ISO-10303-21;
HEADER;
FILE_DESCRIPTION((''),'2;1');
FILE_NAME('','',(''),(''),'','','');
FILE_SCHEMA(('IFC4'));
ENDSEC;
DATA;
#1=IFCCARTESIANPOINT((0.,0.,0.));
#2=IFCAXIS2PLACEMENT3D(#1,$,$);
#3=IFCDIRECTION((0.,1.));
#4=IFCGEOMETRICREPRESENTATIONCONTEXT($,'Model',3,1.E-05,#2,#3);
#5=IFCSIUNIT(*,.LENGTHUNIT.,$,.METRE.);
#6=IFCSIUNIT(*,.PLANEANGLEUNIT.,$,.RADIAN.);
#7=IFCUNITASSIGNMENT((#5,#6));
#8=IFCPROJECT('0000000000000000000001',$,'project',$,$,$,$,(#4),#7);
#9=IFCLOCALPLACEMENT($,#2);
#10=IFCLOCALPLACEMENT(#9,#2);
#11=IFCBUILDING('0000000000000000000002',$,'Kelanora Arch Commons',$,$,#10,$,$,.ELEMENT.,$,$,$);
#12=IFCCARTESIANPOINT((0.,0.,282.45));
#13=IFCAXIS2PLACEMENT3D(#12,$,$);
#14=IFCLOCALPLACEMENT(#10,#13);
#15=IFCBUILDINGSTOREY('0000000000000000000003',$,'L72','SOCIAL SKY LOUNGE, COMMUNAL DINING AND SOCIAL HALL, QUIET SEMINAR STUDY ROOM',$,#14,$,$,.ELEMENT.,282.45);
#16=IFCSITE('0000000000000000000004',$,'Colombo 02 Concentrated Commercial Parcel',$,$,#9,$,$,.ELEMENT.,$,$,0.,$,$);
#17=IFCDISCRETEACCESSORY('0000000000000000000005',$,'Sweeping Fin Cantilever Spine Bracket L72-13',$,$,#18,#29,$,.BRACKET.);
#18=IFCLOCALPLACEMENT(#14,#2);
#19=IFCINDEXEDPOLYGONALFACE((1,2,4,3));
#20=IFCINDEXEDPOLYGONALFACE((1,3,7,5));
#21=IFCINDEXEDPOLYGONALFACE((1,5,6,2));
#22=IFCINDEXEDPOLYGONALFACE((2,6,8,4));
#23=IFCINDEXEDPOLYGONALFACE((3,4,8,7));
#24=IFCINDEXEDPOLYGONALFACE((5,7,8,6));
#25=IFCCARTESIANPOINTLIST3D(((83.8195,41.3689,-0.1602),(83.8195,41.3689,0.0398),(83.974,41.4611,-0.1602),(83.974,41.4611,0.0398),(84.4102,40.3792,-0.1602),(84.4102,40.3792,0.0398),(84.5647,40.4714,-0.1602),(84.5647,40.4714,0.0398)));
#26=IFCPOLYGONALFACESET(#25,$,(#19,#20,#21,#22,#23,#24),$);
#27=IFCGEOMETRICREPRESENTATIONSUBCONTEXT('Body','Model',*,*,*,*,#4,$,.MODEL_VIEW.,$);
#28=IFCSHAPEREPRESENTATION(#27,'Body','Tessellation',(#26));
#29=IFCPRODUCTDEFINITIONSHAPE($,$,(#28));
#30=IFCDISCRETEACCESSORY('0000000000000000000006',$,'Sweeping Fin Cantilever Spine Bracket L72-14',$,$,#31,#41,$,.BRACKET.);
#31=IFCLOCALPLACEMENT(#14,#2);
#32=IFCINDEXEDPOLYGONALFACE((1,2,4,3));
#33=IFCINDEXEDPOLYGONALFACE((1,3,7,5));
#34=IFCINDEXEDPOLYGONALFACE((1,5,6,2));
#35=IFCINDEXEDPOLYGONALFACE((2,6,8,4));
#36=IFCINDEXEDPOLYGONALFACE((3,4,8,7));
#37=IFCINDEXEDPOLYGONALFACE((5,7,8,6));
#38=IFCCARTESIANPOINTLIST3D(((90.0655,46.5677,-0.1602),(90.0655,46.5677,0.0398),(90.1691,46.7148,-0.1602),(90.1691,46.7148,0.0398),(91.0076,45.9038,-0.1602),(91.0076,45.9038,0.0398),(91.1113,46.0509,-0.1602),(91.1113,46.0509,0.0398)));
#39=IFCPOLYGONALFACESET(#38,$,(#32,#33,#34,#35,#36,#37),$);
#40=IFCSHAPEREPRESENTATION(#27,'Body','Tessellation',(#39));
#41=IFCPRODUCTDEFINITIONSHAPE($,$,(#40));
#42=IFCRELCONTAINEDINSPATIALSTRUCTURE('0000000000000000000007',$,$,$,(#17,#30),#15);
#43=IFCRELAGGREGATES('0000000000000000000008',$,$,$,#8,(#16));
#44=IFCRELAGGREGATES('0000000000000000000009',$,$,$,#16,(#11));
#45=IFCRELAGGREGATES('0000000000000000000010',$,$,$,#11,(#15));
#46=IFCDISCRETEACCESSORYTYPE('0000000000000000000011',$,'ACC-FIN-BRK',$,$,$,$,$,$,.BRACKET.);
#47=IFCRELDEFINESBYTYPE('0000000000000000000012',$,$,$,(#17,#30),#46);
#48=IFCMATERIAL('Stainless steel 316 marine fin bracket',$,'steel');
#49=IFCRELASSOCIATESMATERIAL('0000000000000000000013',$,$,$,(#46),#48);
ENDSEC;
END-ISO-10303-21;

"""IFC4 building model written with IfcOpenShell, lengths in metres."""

from ifc_helpers import new_model, si_unit, direction, frame, origin, origin_2d, place, context, subcontext, project, spatial, rectangle, extrude, source, transform, mapped, material, type_object, element, save


model = new_model("IFC4")

# Units and contexts
model_context = context("Model", 3, precision=1e-05, world=origin(), true_north=direction((0.0, 1.0)))
body_context = subcontext(model_context, "Body", "Model", "MODEL_VIEW")
ifc_project = project(units=[si_unit("LENGTHUNIT", "METRE"), si_unit("PLANEANGLEUNIT", "RADIAN")], contexts=[model_context])

# Site, building, storey
site_placement = place(None, origin())
site = spatial("IfcSite", under=ifc_project, at=site_placement, Name="Colombo 02 Concentrated Commercial Parcel", CompositionType="ELEMENT", RefElevation=0.0)
building_placement = place(site_placement, origin())
building = spatial("IfcBuilding", under=site, at=building_placement, Name="Kelanora Arch Commons", CompositionType="ELEMENT")
storey_placement = place(building_placement, frame((0.0, 0.0, 282.45)))
storey = spatial("IfcBuildingStorey", under=building, at=storey_placement, Name="L72", Description="SOCIAL SKY LOUNGE, COMMUNAL DINING AND SOCIAL HALL, QUIET SEMINAR STUDY ROOM", CompositionType="ELEMENT", Elevation=282.45)

# Discrete accessories
ifc_material_1 = material(Name="Stainless steel 316 marine fin bracket", Category="steel")
discrete_accessory_type = type_object("IfcDiscreteAccessoryType", Name="ACC-FIN-BRK", PredefinedType="BRACKET", material=ifc_material_1)
shared_shape_1 = source(origin(), body_context, "Body", "SweptSolid", [
    extrude(rectangle(XDim=1.1526, YDim=0.1799, at=origin_2d()), origin(), (0.0, 0.0, 1.0), 0.2),
])
for number, where, z_axis, x_axis, name in (
    (1, (84.1921, 40.9202, -0.1602), (0.0, 0.0, 1.0), (0.512493, -0.858692, 0.0), "Sweeping Fin Cantilever Spine Bracket L72-13"),
    (2, (90.5884, 46.3093, -0.1602), (0.0, 0.0, 1.0), (0.817447, -0.576004, 0.0), "Sweeping Fin Cantilever Spine Bracket L72-14"),
):
    element("IfcDiscreteAccessory", number, at=place(storey_placement, frame(where, z_axis=z_axis, x_axis=x_axis)), inside=storey, type_object=discrete_accessory_type, Name=name, PredefinedType="BRACKET", context=body_context, shape_type="MappedRepresentation", body=[
        mapped(shared_shape_1, transform((0.0, 0.0, 0.0), scale=1.0)),
    ])

save(model, "model.ifc")
